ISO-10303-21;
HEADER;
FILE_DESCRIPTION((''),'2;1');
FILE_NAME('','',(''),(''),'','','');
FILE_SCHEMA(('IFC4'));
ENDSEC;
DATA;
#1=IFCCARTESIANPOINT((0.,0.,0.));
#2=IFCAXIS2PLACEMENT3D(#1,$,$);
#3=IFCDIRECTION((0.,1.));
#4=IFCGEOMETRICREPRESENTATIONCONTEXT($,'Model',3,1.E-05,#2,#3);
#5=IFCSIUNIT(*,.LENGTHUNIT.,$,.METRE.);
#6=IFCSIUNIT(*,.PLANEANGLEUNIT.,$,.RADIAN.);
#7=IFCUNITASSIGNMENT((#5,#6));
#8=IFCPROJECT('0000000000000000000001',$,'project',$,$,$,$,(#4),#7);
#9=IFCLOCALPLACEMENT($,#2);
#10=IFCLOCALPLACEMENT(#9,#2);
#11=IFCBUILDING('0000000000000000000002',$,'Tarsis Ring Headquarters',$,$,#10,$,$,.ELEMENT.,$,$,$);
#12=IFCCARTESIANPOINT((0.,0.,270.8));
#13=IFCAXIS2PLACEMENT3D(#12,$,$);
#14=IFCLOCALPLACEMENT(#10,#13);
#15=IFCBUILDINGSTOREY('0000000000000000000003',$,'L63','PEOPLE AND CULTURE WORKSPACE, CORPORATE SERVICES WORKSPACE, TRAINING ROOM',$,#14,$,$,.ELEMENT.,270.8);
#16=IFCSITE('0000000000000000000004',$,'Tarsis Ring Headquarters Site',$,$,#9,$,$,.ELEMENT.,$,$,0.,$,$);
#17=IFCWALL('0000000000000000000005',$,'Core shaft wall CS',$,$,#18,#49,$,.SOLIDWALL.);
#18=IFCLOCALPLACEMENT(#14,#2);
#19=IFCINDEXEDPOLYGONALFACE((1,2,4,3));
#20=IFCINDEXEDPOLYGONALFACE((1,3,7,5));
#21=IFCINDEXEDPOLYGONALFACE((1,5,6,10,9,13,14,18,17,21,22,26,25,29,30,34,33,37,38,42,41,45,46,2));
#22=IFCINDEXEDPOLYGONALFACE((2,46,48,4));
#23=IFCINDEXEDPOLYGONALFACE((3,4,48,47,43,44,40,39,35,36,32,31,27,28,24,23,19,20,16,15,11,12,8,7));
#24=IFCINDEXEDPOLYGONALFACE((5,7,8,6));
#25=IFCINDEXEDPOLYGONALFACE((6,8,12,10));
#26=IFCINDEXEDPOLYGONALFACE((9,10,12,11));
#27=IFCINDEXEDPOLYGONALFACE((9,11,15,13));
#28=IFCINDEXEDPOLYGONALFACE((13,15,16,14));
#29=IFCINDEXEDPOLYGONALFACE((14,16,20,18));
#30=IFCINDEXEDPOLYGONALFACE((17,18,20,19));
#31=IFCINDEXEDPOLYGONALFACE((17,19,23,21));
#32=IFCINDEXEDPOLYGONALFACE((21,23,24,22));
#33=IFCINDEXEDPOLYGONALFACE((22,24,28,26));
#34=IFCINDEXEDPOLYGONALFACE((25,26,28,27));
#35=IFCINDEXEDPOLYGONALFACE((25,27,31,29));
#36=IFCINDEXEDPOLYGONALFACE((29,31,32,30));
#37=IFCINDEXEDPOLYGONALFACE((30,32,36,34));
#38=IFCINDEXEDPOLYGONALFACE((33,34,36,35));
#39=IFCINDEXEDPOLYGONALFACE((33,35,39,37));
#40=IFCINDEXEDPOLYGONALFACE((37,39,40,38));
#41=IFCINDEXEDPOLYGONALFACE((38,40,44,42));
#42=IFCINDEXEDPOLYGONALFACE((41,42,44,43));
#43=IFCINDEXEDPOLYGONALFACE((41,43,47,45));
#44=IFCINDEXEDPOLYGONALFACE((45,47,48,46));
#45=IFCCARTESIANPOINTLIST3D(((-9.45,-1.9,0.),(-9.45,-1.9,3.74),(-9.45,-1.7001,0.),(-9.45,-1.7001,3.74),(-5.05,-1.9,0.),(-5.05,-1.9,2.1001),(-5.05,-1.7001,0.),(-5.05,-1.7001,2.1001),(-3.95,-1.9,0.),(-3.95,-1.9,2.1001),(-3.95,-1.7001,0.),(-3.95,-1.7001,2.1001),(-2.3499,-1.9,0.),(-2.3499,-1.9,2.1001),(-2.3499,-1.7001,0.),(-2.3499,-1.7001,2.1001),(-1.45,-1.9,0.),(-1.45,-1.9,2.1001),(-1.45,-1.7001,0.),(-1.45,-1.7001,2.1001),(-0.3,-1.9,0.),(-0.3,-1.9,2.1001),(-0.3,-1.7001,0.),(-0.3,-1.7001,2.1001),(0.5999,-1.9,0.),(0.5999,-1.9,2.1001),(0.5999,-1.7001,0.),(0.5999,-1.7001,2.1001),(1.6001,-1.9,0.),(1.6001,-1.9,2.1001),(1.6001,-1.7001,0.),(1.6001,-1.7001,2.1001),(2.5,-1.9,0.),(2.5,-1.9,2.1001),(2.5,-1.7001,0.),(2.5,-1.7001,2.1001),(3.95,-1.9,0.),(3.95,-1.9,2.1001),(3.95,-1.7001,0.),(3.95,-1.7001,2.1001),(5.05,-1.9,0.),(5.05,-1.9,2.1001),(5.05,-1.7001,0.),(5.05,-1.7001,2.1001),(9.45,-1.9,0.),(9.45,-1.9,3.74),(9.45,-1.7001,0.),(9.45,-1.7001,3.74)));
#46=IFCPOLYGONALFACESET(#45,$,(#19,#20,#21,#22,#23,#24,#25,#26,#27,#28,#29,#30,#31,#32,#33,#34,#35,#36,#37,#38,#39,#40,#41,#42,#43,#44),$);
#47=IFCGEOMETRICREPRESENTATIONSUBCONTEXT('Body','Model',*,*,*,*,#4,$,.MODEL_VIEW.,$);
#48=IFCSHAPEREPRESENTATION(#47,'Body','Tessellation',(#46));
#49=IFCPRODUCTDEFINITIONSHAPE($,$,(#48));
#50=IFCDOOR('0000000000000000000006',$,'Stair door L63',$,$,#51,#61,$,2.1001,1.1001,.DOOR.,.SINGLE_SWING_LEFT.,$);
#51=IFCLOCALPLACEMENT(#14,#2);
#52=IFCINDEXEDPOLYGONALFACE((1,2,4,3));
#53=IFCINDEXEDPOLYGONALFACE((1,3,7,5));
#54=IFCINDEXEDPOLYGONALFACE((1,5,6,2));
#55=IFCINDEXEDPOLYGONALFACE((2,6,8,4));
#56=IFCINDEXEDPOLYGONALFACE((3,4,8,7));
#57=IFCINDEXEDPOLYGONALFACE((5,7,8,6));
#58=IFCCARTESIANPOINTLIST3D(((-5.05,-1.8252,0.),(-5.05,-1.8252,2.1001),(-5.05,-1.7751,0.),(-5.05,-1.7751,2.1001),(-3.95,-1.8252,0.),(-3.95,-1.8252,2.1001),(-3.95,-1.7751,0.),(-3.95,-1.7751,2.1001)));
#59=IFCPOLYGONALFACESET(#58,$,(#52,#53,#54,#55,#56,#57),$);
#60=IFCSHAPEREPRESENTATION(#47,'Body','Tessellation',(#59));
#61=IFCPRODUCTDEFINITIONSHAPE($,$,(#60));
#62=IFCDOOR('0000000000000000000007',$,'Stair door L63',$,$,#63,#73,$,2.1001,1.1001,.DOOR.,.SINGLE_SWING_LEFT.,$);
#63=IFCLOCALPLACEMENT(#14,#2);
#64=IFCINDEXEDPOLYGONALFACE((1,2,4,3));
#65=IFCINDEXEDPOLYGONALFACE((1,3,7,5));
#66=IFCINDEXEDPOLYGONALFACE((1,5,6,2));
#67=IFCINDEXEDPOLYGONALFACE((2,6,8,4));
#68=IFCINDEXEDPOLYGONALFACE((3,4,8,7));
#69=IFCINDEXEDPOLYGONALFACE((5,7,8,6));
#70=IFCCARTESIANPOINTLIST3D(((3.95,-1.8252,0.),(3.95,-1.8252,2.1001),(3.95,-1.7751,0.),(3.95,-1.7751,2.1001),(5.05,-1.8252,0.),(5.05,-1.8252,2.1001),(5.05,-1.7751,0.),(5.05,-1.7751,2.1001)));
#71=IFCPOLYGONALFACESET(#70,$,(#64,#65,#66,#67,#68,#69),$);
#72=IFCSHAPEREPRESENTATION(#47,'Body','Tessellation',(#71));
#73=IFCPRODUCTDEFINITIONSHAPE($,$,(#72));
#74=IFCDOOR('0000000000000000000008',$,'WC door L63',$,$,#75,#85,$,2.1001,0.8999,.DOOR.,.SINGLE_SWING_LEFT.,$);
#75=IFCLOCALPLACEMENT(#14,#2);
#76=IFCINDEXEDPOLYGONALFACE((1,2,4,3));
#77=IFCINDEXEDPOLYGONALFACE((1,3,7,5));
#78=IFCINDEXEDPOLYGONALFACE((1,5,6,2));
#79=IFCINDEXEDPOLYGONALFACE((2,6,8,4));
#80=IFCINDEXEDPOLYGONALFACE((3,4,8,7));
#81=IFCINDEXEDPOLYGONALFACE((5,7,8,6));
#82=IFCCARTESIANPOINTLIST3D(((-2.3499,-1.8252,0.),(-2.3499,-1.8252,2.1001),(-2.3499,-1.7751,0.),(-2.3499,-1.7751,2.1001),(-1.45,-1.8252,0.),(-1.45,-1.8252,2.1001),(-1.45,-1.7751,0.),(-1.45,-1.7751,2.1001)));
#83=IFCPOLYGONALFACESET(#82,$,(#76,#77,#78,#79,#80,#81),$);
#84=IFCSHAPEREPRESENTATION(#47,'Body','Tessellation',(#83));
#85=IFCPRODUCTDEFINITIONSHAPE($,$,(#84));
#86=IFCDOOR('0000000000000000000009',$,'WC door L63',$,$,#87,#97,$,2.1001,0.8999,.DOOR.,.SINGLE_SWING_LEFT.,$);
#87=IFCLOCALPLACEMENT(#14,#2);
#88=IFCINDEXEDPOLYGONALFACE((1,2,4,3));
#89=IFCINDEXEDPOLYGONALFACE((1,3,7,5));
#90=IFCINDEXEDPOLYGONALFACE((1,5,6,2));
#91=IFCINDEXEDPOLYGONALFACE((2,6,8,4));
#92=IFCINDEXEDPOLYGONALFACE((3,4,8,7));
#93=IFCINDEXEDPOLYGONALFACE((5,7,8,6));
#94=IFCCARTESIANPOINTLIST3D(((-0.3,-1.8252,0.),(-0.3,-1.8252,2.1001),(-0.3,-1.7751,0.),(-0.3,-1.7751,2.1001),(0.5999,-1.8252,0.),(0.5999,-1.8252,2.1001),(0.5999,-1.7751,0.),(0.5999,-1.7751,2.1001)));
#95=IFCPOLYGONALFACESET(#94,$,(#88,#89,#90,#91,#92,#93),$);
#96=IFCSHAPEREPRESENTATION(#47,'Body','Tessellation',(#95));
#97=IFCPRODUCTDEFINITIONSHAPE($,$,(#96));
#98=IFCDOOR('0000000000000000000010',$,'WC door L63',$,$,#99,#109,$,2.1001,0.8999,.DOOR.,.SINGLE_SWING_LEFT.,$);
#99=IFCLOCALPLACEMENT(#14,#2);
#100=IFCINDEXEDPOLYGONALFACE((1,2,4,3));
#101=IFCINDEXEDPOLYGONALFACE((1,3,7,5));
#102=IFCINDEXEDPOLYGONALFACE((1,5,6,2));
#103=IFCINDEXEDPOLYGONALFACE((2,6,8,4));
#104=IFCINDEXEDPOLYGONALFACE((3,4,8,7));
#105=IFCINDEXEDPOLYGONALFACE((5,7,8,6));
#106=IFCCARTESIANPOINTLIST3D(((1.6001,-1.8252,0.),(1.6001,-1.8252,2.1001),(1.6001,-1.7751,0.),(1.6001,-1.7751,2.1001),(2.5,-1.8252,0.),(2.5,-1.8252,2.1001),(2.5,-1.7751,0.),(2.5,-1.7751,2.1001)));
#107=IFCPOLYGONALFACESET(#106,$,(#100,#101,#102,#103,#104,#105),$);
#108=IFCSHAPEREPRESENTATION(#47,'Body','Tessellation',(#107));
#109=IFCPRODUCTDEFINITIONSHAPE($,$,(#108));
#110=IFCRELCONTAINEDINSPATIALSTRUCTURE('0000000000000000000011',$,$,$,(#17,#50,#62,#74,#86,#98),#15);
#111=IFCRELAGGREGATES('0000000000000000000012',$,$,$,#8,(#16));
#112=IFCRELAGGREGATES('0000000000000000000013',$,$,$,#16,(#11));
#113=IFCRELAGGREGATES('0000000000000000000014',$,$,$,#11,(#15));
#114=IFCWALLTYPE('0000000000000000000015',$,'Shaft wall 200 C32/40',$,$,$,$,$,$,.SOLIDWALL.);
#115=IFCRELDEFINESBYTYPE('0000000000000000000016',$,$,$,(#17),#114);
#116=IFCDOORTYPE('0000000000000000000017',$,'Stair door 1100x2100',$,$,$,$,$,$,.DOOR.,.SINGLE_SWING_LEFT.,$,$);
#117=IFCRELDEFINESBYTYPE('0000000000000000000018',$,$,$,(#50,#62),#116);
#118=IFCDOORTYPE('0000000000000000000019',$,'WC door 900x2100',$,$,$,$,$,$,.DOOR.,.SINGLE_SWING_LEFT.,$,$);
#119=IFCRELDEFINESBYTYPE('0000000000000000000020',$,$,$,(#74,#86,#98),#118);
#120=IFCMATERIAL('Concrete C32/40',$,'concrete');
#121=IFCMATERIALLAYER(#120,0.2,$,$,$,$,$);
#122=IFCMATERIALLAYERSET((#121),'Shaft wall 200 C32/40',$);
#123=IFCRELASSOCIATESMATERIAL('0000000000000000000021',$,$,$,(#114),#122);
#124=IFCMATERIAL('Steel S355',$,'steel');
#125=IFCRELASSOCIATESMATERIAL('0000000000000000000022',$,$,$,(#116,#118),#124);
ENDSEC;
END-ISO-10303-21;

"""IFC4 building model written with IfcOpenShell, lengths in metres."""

from ifc_helpers import new_model, si_unit, direction, frame, frame_2d, origin, place, context, subcontext, project, spatial, rectangle, extrude, material, layer, layer_set, type_object, element, fill, save


model = new_model("IFC4")

# Units and contexts
model_context = context("Model", 3, precision=1e-05, world=origin(), true_north=direction((0.0, 1.0)))
body_context = subcontext(model_context, "Body", "Model", "MODEL_VIEW")
ifc_project = project(units=[si_unit("LENGTHUNIT", "METRE"), si_unit("PLANEANGLEUNIT", "RADIAN")], contexts=[model_context])

# Site, building, storey
site_placement = place(None, origin())
site = spatial("IfcSite", under=ifc_project, at=site_placement, Name="Tarsis Ring Headquarters Site", CompositionType="ELEMENT", RefElevation=0.0)
building_placement = place(site_placement, origin())
building = spatial("IfcBuilding", under=site, at=building_placement, Name="Tarsis Ring Headquarters", CompositionType="ELEMENT")
storey_placement = place(building_placement, frame((0.0, 0.0, 270.8)))
storey = spatial("IfcBuildingStorey", under=building, at=storey_placement, Name="L63", Description="PEOPLE AND CULTURE WORKSPACE, CORPORATE SERVICES WORKSPACE, TRAINING ROOM", CompositionType="ELEMENT", Elevation=270.8)

# Wall, openings, doors
ifc_material_1 = material(Name="Concrete C32/40", Category="concrete")
ifc_layer_1 = layer(ifc_material_1, 0.2)
ifc_layer_set_1 = layer_set([ifc_layer_1], Name="Shaft wall 200 C32/40")
wall_type_1 = type_object("IfcWallType", Name="Shaft wall 200 C32/40", PredefinedType="SOLIDWALL", material=ifc_layer_set_1)
wall_1_placement = place(storey_placement, frame((-9.45, -1.8, 0.0), z_axis=(0.0, 0.0, 1.0), x_axis=(1.0, 0.0, 0.0)))
wall_1 = element("IfcWall", 1, at=wall_1_placement, inside=storey, type_object=wall_type_1, Name="Core shaft wall CS", PredefinedType="SOLIDWALL", context=body_context, shape_type="SweptSolid", body=[
    extrude(rectangle(XDim=18.8999, YDim=0.2, at=frame_2d((9.45, 0.0))), origin(), (0.0, 0.0, 1.0), 3.74),
])
opening_1_placement = place(wall_1_placement, frame((4.3999, 0.0, 0.0)))
opening_1 = element("IfcOpeningElement", 2, at=opening_1_placement, cuts=wall_1, PredefinedType="OPENING", context=body_context, shape_type="SweptSolid", body=[
    extrude(rectangle(XDim=1.1001, YDim=2.1001, at=frame_2d((0.55, 1.05))), frame((0.0, 0.1099, 0.0), z_axis=(0.0, -1.0, 0.0), x_axis=(1.0, 0.0, 0.0)), (0.0, 0.0, 1.0), 0.22),
])
opening_2_placement = place(wall_1_placement, frame((7.1001, 0.0, 0.0)))
opening_2 = element("IfcOpeningElement", 3, at=opening_2_placement, cuts=wall_1, PredefinedType="OPENING", context=body_context, shape_type="SweptSolid", body=[
    extrude(rectangle(XDim=0.8999, YDim=2.1001, at=frame_2d((0.45, 1.05))), frame((0.0, 0.1099, 0.0), z_axis=(0.0, -1.0, 0.0), x_axis=(1.0, 0.0, 0.0)), (0.0, 0.0, 1.0), 0.22),
])
opening_3_placement = place(wall_1_placement, frame((9.1499, 0.0, 0.0)))
opening_3 = element("IfcOpeningElement", 4, at=opening_3_placement, cuts=wall_1, PredefinedType="OPENING", context=body_context, shape_type="SweptSolid", body=[
    extrude(rectangle(XDim=0.8999, YDim=2.1001, at=frame_2d((0.45, 1.05))), frame((0.0, 0.1099, 0.0), z_axis=(0.0, -1.0, 0.0), x_axis=(1.0, 0.0, 0.0)), (0.0, 0.0, 1.0), 0.22),
])
opening_4_placement = place(wall_1_placement, frame((11.05, 0.0, 0.0)))
opening_4 = element("IfcOpeningElement", 5, at=opening_4_placement, cuts=wall_1, PredefinedType="OPENING", context=body_context, shape_type="SweptSolid", body=[
    extrude(rectangle(XDim=0.8999, YDim=2.1001, at=frame_2d((0.45, 1.05))), frame((0.0, 0.1099, 0.0), z_axis=(0.0, -1.0, 0.0), x_axis=(1.0, 0.0, 0.0)), (0.0, 0.0, 1.0), 0.22),
])
opening_5_placement = place(wall_1_placement, frame((13.3999, 0.0, 0.0)))
opening_5 = element("IfcOpeningElement", 6, at=opening_5_placement, cuts=wall_1, PredefinedType="OPENING", context=body_context, shape_type="SweptSolid", body=[
    extrude(rectangle(XDim=1.1001, YDim=2.1001, at=frame_2d((0.55, 1.05))), frame((0.0, 0.1099, 0.0), z_axis=(0.0, -1.0, 0.0), x_axis=(1.0, 0.0, 0.0)), (0.0, 0.0, 1.0), 0.22),
])
ifc_material_2 = material(Name="Steel S355", Category="steel")
door_type_1 = type_object("IfcDoorType", Name="Stair door 1100x2100", OperationType="SINGLE_SWING_LEFT", PredefinedType="DOOR", material=ifc_material_2)
door_1_placement = place(opening_1_placement, origin())
door_1 = element("IfcDoor", 7, at=door_1_placement, inside=storey, type_object=door_type_1, Name="Stair door L63", OperationType="SINGLE_SWING_LEFT", OverallHeight=2.1001, OverallWidth=1.1001, PredefinedType="DOOR", context=body_context, shape_type="SweptSolid", body=[
    extrude(rectangle(XDim=1.1001, YDim=2.1001, at=frame_2d((0.55, 1.05))), frame((0.0, 0.0249, 0.0), z_axis=(0.0, -1.0, 0.0), x_axis=(1.0, 0.0, 0.0)), (0.0, 0.0, 1.0), 0.05),
])
fill(opening_1, door_1)
door_2_placement = place(opening_5_placement, origin())
door_2 = element("IfcDoor", 8, at=door_2_placement, inside=storey, type_object=door_type_1, Name="Stair door L63", OperationType="SINGLE_SWING_LEFT", OverallHeight=2.1001, OverallWidth=1.1001, PredefinedType="DOOR", context=body_context, shape_type="SweptSolid", body=[
    extrude(rectangle(XDim=1.1001, YDim=2.1001, at=frame_2d((0.55, 1.05))), frame((0.0, 0.0249, 0.0), z_axis=(0.0, -1.0, 0.0), x_axis=(1.0, 0.0, 0.0)), (0.0, 0.0, 1.0), 0.05),
])
fill(opening_5, door_2)
door_type_2 = type_object("IfcDoorType", Name="WC door 900x2100", OperationType="SINGLE_SWING_LEFT", PredefinedType="DOOR", material=ifc_material_2)
door_3_placement = place(opening_2_placement, origin())
door_3 = element("IfcDoor", 9, at=door_3_placement, inside=storey, type_object=door_type_2, Name="WC door L63", OperationType="SINGLE_SWING_LEFT", OverallHeight=2.1001, OverallWidth=0.8999, PredefinedType="DOOR", context=body_context, shape_type="SweptSolid", body=[
    extrude(rectangle(XDim=0.8999, YDim=2.1001, at=frame_2d((0.45, 1.05))), frame((0.0, 0.0249, 0.0), z_axis=(0.0, -1.0, 0.0), x_axis=(1.0, 0.0, 0.0)), (0.0, 0.0, 1.0), 0.05),
])
fill(opening_2, door_3)
door_4_placement = place(opening_3_placement, origin())
door_4 = element("IfcDoor", 10, at=door_4_placement, inside=storey, type_object=door_type_2, Name="WC door L63", OperationType="SINGLE_SWING_LEFT", OverallHeight=2.1001, OverallWidth=0.8999, PredefinedType="DOOR", context=body_context, shape_type="SweptSolid", body=[
    extrude(rectangle(XDim=0.8999, YDim=2.1001, at=frame_2d((0.45, 1.05))), frame((0.0, 0.0249, 0.0), z_axis=(0.0, -1.0, 0.0), x_axis=(1.0, 0.0, 0.0)), (0.0, 0.0, 1.0), 0.05),
])
fill(opening_3, door_4)
door_5_placement = place(opening_4_placement, origin())
door_5 = element("IfcDoor", 11, at=door_5_placement, inside=storey, type_object=door_type_2, Name="WC door L63", OperationType="SINGLE_SWING_LEFT", OverallHeight=2.1001, OverallWidth=0.8999, PredefinedType="DOOR", context=body_context, shape_type="SweptSolid", body=[
    extrude(rectangle(XDim=0.8999, YDim=2.1001, at=frame_2d((0.45, 1.05))), frame((0.0, 0.0249, 0.0), z_axis=(0.0, -1.0, 0.0), x_axis=(1.0, 0.0, 0.0)), (0.0, 0.0, 1.0), 0.05),
])
fill(opening_4, door_5)

save(model, "model.ifc")
